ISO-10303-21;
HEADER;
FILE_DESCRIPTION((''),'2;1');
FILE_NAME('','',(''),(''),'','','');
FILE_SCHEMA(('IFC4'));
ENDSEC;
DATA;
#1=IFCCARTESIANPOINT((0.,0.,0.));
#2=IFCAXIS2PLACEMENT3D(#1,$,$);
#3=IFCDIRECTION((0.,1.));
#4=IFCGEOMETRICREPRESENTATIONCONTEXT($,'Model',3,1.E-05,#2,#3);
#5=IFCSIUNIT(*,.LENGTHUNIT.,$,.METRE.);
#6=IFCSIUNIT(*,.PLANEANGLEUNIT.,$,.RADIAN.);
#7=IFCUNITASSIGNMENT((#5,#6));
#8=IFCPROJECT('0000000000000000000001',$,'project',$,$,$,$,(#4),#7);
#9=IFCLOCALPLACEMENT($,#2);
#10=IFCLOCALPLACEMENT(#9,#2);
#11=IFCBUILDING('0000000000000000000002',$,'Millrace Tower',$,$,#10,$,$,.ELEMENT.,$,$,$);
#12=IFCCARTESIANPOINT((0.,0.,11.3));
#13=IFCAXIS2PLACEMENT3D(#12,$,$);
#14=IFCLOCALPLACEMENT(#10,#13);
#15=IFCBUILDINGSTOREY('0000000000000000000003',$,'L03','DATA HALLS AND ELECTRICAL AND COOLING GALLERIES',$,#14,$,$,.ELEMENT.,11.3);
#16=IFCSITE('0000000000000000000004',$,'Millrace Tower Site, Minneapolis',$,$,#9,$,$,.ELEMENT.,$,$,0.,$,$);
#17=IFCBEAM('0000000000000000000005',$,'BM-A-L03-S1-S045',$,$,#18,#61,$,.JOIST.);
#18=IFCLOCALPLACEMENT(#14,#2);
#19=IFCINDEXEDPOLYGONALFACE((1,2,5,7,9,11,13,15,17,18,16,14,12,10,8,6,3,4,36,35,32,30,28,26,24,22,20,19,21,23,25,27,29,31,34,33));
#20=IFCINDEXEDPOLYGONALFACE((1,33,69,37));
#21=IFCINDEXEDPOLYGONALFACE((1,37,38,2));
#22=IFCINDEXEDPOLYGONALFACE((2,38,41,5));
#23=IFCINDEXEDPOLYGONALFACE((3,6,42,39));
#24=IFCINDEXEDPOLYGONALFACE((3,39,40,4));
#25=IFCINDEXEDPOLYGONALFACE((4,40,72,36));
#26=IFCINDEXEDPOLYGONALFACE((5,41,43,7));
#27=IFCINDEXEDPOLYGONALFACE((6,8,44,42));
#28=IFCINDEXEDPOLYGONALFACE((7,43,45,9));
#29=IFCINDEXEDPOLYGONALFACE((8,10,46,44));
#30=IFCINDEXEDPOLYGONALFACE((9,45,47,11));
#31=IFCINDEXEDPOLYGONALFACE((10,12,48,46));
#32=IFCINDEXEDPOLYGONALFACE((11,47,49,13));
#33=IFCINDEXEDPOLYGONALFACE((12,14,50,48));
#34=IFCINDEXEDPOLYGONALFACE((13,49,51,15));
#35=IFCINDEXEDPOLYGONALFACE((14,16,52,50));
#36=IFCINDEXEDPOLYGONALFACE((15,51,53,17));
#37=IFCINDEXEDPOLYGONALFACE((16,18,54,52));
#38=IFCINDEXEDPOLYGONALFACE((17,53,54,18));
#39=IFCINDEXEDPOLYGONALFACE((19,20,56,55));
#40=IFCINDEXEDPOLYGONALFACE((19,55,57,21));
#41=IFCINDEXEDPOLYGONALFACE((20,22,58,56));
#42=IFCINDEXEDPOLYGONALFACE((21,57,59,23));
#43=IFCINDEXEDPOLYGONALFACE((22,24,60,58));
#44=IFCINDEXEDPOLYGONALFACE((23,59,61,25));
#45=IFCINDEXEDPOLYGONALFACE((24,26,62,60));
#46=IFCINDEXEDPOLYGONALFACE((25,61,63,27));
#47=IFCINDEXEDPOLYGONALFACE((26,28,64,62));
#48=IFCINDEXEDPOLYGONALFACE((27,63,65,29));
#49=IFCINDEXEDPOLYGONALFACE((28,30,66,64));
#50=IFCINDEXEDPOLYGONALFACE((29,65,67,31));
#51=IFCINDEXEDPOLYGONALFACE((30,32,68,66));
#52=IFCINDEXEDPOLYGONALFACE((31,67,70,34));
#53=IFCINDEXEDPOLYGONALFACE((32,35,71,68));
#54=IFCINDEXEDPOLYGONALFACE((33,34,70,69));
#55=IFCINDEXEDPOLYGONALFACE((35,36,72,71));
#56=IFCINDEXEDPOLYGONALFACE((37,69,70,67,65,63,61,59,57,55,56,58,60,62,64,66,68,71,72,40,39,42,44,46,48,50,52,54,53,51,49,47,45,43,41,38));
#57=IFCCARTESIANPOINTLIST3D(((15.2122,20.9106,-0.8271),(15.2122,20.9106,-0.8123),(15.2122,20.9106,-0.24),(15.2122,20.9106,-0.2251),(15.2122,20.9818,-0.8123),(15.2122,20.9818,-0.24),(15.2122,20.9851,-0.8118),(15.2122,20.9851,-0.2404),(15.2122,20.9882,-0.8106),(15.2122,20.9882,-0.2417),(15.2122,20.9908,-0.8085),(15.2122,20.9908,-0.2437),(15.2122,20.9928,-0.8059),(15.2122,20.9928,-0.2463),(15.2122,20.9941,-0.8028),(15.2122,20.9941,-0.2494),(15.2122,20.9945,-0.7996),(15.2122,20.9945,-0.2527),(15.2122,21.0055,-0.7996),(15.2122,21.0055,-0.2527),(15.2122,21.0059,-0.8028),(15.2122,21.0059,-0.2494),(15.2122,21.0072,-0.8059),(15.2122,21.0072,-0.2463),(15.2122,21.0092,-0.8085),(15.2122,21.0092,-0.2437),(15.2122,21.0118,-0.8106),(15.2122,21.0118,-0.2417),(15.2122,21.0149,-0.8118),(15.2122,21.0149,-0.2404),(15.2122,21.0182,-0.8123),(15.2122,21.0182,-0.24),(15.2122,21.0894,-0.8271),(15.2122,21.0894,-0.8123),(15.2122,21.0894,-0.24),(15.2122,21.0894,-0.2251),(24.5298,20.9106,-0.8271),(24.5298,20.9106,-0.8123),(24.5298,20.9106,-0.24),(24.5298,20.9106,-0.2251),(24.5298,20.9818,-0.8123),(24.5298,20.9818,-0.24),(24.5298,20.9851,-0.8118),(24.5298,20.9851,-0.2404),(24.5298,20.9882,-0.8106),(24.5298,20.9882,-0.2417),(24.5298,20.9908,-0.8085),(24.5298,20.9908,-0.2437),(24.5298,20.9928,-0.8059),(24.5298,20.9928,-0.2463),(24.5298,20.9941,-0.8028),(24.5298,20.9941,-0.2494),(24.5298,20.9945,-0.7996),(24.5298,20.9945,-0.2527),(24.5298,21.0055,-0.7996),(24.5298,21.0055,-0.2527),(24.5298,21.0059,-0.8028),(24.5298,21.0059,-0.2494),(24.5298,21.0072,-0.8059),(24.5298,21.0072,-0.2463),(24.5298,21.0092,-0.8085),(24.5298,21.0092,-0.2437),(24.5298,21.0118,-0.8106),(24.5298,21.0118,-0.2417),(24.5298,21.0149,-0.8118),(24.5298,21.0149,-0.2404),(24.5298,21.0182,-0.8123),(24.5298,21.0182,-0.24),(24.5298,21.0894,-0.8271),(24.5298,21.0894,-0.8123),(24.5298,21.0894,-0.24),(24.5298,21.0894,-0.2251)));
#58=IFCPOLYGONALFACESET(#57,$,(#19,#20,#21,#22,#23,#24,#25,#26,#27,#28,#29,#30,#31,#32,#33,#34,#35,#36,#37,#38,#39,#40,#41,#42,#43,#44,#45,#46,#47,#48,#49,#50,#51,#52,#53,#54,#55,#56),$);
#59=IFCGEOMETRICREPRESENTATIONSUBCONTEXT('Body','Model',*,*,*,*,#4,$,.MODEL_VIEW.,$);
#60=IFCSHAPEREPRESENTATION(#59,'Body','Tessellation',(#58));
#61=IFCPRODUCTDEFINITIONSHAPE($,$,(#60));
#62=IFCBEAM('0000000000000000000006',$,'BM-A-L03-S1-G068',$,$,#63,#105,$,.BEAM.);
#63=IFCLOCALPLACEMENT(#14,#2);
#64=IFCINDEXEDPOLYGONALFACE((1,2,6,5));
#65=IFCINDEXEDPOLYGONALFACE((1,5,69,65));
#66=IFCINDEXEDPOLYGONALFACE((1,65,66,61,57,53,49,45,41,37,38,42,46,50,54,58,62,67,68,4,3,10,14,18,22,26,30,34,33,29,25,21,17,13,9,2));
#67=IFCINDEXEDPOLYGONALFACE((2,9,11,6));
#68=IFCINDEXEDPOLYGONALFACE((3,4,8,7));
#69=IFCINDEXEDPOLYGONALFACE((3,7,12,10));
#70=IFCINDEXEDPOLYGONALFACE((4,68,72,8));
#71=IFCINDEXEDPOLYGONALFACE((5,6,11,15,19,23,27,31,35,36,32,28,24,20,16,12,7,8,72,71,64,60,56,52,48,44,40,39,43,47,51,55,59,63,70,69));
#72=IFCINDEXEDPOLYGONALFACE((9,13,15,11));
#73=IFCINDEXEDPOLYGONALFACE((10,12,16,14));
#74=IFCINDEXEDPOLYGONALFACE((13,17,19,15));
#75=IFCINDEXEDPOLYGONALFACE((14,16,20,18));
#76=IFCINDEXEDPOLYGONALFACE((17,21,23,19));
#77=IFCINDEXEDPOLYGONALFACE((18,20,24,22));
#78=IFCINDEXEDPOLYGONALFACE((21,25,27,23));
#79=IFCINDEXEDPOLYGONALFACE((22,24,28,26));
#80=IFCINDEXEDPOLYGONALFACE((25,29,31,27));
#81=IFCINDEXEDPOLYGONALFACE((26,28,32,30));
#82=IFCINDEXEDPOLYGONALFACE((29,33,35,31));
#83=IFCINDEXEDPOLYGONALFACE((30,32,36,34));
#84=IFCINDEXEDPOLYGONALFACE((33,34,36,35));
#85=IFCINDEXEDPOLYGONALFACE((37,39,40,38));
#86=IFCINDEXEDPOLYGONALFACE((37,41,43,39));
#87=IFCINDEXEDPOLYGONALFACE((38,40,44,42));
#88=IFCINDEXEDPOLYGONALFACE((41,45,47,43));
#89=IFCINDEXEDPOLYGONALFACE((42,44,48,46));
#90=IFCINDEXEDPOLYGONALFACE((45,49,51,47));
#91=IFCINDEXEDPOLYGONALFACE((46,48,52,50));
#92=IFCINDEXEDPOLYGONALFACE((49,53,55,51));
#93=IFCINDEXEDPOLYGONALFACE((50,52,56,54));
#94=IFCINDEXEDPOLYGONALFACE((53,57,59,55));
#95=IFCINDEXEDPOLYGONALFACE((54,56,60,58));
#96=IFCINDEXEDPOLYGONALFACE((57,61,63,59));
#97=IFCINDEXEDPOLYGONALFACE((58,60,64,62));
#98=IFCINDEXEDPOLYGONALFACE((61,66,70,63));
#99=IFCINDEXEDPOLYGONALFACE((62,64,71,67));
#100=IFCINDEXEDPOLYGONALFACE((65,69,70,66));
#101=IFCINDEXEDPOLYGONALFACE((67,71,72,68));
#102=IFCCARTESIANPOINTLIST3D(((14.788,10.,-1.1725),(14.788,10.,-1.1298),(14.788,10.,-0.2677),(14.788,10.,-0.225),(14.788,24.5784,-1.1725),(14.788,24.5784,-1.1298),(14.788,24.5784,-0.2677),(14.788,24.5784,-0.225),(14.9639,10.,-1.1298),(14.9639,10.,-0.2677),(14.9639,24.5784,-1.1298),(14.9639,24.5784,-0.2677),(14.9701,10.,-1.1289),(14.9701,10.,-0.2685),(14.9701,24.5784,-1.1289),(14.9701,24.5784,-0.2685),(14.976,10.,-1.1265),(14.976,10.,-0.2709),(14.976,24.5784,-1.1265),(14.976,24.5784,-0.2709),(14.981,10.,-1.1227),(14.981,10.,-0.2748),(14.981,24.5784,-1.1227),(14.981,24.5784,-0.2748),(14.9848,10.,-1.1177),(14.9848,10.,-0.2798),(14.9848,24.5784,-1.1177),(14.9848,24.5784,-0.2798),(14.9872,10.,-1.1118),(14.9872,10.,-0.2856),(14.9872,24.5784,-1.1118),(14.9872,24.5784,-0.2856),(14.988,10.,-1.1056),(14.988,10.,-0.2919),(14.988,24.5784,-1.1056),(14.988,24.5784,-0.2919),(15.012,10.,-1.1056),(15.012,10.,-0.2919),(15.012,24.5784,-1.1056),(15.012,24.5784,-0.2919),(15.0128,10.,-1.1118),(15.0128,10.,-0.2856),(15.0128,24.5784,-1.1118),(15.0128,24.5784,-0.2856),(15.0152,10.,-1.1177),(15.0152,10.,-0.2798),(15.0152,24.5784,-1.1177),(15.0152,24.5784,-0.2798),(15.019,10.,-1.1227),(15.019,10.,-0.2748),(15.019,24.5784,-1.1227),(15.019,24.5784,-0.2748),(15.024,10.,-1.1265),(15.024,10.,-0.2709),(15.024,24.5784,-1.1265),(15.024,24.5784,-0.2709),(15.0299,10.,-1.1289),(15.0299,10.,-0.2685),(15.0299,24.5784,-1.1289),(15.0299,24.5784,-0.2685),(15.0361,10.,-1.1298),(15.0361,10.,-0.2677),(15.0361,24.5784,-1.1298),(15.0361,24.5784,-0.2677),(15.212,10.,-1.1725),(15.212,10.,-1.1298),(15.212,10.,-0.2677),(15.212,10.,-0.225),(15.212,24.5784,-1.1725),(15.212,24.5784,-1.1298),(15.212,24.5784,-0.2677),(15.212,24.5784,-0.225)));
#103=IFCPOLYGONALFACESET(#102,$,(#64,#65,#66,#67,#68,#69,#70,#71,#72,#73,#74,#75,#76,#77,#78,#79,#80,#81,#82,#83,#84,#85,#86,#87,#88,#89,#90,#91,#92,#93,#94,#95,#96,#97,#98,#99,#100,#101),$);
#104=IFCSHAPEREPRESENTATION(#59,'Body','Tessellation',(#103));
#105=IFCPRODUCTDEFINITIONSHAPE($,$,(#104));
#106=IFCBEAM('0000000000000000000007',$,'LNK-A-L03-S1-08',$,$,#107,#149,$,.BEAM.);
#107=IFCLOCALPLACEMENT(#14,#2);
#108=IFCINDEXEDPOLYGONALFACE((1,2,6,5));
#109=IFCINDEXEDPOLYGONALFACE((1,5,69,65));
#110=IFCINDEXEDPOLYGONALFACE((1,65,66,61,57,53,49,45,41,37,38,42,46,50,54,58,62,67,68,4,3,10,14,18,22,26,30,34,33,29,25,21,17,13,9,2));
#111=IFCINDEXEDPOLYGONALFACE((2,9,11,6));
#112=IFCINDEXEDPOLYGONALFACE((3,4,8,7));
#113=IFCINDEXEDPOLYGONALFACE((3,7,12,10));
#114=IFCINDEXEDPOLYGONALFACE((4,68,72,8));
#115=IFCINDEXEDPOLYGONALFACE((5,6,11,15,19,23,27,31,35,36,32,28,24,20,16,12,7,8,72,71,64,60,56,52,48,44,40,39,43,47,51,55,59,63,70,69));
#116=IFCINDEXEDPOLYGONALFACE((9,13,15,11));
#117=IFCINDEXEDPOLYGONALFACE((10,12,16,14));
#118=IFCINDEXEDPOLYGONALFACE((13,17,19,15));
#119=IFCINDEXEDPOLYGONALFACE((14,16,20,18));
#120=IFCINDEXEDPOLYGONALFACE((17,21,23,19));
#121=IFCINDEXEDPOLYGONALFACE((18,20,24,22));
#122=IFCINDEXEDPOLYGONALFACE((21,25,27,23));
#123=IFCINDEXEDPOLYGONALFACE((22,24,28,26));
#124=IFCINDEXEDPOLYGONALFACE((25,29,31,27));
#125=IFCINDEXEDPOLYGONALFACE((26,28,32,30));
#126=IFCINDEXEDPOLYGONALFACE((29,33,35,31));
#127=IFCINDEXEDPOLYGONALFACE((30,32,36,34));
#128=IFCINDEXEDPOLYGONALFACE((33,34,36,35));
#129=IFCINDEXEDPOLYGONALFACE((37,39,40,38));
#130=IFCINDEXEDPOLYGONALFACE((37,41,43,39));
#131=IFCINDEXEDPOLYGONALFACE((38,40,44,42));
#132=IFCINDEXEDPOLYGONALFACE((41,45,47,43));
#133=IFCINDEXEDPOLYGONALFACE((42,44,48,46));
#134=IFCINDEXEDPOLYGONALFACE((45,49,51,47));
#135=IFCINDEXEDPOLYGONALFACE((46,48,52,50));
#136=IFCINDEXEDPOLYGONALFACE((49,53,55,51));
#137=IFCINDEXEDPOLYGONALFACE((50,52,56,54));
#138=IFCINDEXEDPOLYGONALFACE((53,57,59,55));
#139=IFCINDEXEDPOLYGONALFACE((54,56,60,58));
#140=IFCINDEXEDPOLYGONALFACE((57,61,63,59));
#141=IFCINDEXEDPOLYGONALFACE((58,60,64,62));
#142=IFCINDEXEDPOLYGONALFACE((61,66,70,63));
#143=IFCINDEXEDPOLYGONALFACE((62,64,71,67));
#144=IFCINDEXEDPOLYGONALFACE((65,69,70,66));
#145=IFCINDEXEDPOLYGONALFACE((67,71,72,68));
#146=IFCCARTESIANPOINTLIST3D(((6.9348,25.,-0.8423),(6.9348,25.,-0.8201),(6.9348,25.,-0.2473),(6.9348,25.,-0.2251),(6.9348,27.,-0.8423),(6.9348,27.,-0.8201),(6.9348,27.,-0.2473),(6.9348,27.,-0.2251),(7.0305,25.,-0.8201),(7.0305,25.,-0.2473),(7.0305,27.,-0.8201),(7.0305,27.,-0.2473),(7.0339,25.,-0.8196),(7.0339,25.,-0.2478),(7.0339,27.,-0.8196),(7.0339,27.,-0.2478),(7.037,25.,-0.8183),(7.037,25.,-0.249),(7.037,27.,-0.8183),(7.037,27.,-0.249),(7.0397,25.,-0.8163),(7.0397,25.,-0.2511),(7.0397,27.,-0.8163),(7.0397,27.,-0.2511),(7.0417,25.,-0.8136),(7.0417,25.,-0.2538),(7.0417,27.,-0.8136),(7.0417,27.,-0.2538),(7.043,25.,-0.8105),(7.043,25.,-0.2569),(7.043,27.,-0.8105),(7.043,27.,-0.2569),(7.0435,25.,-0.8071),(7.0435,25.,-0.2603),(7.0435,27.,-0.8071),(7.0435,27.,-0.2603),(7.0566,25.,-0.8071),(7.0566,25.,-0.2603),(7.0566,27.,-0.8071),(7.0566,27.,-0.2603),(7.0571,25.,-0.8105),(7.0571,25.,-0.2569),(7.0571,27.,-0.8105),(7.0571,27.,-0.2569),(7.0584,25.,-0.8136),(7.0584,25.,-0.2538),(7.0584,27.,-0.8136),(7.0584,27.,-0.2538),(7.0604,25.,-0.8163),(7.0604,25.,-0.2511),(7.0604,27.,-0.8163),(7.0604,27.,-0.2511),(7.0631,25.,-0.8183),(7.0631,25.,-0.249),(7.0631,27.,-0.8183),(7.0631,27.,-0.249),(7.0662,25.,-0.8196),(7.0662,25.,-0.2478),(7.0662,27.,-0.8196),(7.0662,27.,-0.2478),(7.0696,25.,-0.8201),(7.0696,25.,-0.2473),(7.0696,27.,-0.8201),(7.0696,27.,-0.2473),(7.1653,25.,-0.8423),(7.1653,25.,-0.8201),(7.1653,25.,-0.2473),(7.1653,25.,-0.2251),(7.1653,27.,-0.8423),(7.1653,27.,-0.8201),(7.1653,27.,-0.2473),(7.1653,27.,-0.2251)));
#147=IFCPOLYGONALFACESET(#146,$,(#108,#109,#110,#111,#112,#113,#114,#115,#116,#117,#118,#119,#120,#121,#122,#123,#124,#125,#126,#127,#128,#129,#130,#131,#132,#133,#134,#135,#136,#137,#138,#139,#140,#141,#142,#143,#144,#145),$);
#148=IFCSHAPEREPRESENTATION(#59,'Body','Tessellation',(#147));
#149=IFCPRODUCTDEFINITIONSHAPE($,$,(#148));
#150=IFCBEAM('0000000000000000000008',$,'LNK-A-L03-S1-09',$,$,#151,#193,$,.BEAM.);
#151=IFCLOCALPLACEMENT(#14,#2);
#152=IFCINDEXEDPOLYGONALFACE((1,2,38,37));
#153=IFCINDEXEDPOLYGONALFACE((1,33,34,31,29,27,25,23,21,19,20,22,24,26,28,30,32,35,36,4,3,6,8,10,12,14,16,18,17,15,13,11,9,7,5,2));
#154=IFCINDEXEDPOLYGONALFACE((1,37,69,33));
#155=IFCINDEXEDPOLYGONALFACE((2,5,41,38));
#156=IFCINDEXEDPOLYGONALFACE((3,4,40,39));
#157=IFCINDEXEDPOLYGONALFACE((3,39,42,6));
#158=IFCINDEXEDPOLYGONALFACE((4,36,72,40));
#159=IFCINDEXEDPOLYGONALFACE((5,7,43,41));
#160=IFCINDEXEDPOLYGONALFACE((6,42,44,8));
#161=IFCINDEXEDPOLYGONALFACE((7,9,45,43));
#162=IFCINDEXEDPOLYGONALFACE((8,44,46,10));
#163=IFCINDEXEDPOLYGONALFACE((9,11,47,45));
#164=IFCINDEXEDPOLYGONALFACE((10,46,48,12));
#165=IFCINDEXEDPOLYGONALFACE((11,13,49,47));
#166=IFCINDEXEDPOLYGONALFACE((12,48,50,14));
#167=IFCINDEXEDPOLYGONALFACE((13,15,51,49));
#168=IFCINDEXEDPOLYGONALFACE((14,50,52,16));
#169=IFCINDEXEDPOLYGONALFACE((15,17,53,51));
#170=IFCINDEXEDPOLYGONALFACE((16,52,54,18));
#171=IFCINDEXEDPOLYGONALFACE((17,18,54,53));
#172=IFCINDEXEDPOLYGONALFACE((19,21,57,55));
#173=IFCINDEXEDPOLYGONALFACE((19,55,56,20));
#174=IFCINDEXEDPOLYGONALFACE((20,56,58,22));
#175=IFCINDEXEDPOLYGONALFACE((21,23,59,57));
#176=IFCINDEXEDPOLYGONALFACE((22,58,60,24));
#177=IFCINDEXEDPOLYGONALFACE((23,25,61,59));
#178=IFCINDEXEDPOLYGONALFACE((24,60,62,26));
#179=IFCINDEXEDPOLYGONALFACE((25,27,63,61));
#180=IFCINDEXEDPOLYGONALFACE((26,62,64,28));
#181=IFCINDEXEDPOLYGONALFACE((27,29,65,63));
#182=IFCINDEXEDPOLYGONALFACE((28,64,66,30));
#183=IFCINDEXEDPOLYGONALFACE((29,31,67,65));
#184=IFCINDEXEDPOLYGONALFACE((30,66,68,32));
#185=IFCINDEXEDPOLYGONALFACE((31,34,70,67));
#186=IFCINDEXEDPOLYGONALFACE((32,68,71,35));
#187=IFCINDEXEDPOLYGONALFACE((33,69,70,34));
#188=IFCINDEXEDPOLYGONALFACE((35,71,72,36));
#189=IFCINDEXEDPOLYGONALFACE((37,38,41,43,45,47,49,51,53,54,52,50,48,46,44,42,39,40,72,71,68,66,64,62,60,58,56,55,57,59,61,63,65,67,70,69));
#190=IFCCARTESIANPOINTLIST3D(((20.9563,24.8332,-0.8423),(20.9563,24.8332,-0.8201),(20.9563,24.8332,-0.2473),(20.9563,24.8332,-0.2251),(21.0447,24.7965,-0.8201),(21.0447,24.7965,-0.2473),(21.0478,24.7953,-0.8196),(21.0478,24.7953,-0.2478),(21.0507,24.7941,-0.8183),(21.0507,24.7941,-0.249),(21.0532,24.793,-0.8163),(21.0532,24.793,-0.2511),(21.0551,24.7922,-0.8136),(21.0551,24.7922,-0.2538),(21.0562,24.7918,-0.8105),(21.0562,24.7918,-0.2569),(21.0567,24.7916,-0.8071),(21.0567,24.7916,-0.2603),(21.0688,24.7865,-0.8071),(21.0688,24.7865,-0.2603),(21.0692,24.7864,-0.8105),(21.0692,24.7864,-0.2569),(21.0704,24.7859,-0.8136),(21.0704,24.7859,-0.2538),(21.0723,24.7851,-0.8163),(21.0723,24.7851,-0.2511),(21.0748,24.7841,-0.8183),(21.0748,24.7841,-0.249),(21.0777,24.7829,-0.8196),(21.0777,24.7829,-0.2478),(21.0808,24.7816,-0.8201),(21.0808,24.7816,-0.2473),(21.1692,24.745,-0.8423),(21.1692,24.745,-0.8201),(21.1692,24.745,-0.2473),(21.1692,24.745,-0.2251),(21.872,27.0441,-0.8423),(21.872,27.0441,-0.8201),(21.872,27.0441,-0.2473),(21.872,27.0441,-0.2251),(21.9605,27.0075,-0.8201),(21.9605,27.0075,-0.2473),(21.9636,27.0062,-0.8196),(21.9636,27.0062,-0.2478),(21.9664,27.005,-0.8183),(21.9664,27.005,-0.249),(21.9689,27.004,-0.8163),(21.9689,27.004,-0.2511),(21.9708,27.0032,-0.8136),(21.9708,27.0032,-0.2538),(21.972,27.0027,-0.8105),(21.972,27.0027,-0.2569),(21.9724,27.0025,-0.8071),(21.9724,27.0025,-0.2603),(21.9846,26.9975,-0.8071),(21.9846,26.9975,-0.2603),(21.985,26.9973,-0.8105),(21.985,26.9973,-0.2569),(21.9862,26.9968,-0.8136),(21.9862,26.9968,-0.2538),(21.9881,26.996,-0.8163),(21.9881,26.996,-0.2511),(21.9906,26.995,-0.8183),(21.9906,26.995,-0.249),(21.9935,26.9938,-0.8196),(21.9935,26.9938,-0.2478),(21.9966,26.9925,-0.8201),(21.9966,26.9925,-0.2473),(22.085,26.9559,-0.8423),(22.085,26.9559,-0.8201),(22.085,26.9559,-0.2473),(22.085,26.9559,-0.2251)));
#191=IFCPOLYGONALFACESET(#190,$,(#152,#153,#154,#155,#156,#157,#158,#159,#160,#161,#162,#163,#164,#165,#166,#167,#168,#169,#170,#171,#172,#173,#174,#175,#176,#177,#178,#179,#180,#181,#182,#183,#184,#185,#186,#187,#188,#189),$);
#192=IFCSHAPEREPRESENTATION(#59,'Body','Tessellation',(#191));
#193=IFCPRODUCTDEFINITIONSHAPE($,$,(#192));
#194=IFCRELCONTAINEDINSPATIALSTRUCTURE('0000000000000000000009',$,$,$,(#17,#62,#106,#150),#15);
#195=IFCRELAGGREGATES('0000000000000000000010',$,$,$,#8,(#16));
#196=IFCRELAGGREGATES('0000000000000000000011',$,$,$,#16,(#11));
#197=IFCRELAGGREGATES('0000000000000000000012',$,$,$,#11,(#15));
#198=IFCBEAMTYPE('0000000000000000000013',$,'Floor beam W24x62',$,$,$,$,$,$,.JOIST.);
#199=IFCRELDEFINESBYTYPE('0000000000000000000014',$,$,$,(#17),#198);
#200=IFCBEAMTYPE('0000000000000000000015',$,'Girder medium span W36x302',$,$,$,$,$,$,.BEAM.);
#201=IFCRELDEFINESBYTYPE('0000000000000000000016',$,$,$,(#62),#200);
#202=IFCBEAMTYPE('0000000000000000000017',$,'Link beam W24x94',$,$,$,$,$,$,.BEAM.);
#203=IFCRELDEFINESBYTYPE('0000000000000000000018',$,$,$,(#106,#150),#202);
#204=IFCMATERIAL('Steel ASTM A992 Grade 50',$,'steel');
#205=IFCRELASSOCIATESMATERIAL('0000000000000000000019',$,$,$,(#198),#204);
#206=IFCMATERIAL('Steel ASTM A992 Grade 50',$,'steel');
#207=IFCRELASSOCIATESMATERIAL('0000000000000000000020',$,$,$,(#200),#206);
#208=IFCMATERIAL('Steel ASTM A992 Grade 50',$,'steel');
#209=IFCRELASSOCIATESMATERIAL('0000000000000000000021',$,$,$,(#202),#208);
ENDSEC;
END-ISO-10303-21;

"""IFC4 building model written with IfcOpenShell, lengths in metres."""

from ifc_helpers import new_model, si_unit, direction, frame, origin, origin_2d, place, context, subcontext, project, spatial, i_section, extrude, material, material_profile, profile_set, type_object, element, save


model = new_model("IFC4")

# Units and contexts
model_context = context("Model", 3, precision=1e-05, world=origin(), true_north=direction((0.0, 1.0)))
body_context = subcontext(model_context, "Body", "Model", "MODEL_VIEW")
ifc_project = project(units=[si_unit("LENGTHUNIT", "METRE"), si_unit("PLANEANGLEUNIT", "RADIAN")], contexts=[model_context])

# Site, building, storey
site_placement = place(None, origin())
site = spatial("IfcSite", under=ifc_project, at=site_placement, Name="Millrace Tower Site, Minneapolis", CompositionType="ELEMENT", RefElevation=0.0)
building_placement = place(site_placement, origin())
building = spatial("IfcBuilding", under=site, at=building_placement, Name="Millrace Tower", CompositionType="ELEMENT")
storey_placement = place(building_placement, frame((0.0, 0.0, 11.3)))
storey = spatial("IfcBuildingStorey", under=building, at=storey_placement, Name="L03", Description="DATA HALLS AND ELECTRICAL AND COOLING GALLERIES", CompositionType="ELEMENT", Elevation=11.3)

# Beams
ifc_material_1 = material(Name="Steel ASTM A992 Grade 50", Category="steel")
ifc_material_profile_1 = material_profile(ifc_material_1, i_section(OverallWidth=0.1787, OverallDepth=0.6021, WebThickness=0.011, FlangeThickness=0.0149, FilletRadius=0.0127, at=origin_2d()))
ifc_profile_set_1 = profile_set([ifc_material_profile_1], Name="Steel ASTM A992 Grade 50")
beam_type_1 = type_object("IfcBeamType", Name="Floor beam W24x62", PredefinedType="JOIST", material=ifc_profile_set_1)
beam_1_placement = place(storey_placement, frame((15.2122, 21.0, -0.5261), z_axis=(1.0, 0.0, 0.0), x_axis=(0.0, 1.0, 0.0)))
element("IfcBeam", 1, at=beam_1_placement, inside=storey, type_object=beam_type_1, Name="BM-A-L03-S1-S045", PredefinedType="JOIST", context=body_context, shape_type="SweptSolid", body=[
    extrude(i_section(OverallWidth=0.1787, OverallDepth=0.6021, WebThickness=0.011, FlangeThickness=0.0149, FilletRadius=0.0127, at=origin_2d()), origin(), (0.0, 0.0, 1.0), 9.3176),
])
ifc_material_2 = material(Name="Steel ASTM A992 Grade 50", Category="steel")
ifc_material_profile_2 = material_profile(ifc_material_2, i_section(OverallWidth=0.4241, OverallDepth=0.9475, WebThickness=0.0239, FlangeThickness=0.0427, FilletRadius=0.0242, at=origin_2d()))
ifc_profile_set_2 = profile_set([ifc_material_profile_2], Name="Steel ASTM A992 Grade 50")
beam_type_2 = type_object("IfcBeamType", Name="Girder medium span W36x302", PredefinedType="BEAM", material=ifc_profile_set_2)
beam_2_placement = place(storey_placement, frame((15.0, 10.0, -0.6987), z_axis=(0.0, 1.0, 0.0), x_axis=(-1.0, 0.0, 0.0)))
element("IfcBeam", 2, at=beam_2_placement, inside=storey, type_object=beam_type_2, Name="BM-A-L03-S1-G068", PredefinedType="BEAM", context=body_context, shape_type="SweptSolid", body=[
    extrude(i_section(OverallWidth=0.4241, OverallDepth=0.9475, WebThickness=0.0239, FlangeThickness=0.0427, FilletRadius=0.0242, at=origin_2d()), origin(), (0.0, 0.0, 1.0), 14.5784),
])
ifc_material_3 = material(Name="Steel ASTM A992 Grade 50", Category="steel")
ifc_material_profile_3 = material_profile(ifc_material_3, i_section(OverallWidth=0.2305, OverallDepth=0.6172, WebThickness=0.0132, FlangeThickness=0.0222, FilletRadius=0.0129, at=origin_2d()))
ifc_profile_set_3 = profile_set([ifc_material_profile_3], Name="Steel ASTM A992 Grade 50")
beam_type_3 = type_object("IfcBeamType", Name="Link beam W24x94", PredefinedType="BEAM", material=ifc_profile_set_3)
beam_3_placement = place(storey_placement, frame((7.05, 25.0, -0.5337), z_axis=(0.0, 1.0, 0.0), x_axis=(-1.0, 0.0, 0.0)))
element("IfcBeam", 3, at=beam_3_placement, inside=storey, type_object=beam_type_3, Name="LNK-A-L03-S1-08", PredefinedType="BEAM", context=body_context, shape_type="SweptSolid", body=[
    extrude(i_section(OverallWidth=0.2305, OverallDepth=0.6172, WebThickness=0.0132, FlangeThickness=0.0222, FilletRadius=0.0129, at=origin_2d()), origin(), (0.0, 0.0, 1.0), 2.0),
])
for number, where, z_axis, x_axis, name in (
    (4, (21.0627, 24.7891, -0.5337), (0.382673, 0.923884, 0.0), (-0.923884, 0.382673, 0.0), "LNK-A-L03-S1-09"),
):
    element("IfcBeam", number, at=place(storey_placement, frame(where, z_axis=z_axis, x_axis=x_axis)), inside=storey, type_object=beam_type_3, Name=name, PredefinedType="BEAM", context=body_context, shape_type="SweptSolid", body=[
        extrude(i_section(OverallWidth=0.2305, OverallDepth=0.6172, WebThickness=0.0132, FlangeThickness=0.0222, FilletRadius=0.0129, at=origin_2d()), origin(), (0.0, 0.0, 1.0), 2.3931),
    ])

save(model, "model.ifc")
